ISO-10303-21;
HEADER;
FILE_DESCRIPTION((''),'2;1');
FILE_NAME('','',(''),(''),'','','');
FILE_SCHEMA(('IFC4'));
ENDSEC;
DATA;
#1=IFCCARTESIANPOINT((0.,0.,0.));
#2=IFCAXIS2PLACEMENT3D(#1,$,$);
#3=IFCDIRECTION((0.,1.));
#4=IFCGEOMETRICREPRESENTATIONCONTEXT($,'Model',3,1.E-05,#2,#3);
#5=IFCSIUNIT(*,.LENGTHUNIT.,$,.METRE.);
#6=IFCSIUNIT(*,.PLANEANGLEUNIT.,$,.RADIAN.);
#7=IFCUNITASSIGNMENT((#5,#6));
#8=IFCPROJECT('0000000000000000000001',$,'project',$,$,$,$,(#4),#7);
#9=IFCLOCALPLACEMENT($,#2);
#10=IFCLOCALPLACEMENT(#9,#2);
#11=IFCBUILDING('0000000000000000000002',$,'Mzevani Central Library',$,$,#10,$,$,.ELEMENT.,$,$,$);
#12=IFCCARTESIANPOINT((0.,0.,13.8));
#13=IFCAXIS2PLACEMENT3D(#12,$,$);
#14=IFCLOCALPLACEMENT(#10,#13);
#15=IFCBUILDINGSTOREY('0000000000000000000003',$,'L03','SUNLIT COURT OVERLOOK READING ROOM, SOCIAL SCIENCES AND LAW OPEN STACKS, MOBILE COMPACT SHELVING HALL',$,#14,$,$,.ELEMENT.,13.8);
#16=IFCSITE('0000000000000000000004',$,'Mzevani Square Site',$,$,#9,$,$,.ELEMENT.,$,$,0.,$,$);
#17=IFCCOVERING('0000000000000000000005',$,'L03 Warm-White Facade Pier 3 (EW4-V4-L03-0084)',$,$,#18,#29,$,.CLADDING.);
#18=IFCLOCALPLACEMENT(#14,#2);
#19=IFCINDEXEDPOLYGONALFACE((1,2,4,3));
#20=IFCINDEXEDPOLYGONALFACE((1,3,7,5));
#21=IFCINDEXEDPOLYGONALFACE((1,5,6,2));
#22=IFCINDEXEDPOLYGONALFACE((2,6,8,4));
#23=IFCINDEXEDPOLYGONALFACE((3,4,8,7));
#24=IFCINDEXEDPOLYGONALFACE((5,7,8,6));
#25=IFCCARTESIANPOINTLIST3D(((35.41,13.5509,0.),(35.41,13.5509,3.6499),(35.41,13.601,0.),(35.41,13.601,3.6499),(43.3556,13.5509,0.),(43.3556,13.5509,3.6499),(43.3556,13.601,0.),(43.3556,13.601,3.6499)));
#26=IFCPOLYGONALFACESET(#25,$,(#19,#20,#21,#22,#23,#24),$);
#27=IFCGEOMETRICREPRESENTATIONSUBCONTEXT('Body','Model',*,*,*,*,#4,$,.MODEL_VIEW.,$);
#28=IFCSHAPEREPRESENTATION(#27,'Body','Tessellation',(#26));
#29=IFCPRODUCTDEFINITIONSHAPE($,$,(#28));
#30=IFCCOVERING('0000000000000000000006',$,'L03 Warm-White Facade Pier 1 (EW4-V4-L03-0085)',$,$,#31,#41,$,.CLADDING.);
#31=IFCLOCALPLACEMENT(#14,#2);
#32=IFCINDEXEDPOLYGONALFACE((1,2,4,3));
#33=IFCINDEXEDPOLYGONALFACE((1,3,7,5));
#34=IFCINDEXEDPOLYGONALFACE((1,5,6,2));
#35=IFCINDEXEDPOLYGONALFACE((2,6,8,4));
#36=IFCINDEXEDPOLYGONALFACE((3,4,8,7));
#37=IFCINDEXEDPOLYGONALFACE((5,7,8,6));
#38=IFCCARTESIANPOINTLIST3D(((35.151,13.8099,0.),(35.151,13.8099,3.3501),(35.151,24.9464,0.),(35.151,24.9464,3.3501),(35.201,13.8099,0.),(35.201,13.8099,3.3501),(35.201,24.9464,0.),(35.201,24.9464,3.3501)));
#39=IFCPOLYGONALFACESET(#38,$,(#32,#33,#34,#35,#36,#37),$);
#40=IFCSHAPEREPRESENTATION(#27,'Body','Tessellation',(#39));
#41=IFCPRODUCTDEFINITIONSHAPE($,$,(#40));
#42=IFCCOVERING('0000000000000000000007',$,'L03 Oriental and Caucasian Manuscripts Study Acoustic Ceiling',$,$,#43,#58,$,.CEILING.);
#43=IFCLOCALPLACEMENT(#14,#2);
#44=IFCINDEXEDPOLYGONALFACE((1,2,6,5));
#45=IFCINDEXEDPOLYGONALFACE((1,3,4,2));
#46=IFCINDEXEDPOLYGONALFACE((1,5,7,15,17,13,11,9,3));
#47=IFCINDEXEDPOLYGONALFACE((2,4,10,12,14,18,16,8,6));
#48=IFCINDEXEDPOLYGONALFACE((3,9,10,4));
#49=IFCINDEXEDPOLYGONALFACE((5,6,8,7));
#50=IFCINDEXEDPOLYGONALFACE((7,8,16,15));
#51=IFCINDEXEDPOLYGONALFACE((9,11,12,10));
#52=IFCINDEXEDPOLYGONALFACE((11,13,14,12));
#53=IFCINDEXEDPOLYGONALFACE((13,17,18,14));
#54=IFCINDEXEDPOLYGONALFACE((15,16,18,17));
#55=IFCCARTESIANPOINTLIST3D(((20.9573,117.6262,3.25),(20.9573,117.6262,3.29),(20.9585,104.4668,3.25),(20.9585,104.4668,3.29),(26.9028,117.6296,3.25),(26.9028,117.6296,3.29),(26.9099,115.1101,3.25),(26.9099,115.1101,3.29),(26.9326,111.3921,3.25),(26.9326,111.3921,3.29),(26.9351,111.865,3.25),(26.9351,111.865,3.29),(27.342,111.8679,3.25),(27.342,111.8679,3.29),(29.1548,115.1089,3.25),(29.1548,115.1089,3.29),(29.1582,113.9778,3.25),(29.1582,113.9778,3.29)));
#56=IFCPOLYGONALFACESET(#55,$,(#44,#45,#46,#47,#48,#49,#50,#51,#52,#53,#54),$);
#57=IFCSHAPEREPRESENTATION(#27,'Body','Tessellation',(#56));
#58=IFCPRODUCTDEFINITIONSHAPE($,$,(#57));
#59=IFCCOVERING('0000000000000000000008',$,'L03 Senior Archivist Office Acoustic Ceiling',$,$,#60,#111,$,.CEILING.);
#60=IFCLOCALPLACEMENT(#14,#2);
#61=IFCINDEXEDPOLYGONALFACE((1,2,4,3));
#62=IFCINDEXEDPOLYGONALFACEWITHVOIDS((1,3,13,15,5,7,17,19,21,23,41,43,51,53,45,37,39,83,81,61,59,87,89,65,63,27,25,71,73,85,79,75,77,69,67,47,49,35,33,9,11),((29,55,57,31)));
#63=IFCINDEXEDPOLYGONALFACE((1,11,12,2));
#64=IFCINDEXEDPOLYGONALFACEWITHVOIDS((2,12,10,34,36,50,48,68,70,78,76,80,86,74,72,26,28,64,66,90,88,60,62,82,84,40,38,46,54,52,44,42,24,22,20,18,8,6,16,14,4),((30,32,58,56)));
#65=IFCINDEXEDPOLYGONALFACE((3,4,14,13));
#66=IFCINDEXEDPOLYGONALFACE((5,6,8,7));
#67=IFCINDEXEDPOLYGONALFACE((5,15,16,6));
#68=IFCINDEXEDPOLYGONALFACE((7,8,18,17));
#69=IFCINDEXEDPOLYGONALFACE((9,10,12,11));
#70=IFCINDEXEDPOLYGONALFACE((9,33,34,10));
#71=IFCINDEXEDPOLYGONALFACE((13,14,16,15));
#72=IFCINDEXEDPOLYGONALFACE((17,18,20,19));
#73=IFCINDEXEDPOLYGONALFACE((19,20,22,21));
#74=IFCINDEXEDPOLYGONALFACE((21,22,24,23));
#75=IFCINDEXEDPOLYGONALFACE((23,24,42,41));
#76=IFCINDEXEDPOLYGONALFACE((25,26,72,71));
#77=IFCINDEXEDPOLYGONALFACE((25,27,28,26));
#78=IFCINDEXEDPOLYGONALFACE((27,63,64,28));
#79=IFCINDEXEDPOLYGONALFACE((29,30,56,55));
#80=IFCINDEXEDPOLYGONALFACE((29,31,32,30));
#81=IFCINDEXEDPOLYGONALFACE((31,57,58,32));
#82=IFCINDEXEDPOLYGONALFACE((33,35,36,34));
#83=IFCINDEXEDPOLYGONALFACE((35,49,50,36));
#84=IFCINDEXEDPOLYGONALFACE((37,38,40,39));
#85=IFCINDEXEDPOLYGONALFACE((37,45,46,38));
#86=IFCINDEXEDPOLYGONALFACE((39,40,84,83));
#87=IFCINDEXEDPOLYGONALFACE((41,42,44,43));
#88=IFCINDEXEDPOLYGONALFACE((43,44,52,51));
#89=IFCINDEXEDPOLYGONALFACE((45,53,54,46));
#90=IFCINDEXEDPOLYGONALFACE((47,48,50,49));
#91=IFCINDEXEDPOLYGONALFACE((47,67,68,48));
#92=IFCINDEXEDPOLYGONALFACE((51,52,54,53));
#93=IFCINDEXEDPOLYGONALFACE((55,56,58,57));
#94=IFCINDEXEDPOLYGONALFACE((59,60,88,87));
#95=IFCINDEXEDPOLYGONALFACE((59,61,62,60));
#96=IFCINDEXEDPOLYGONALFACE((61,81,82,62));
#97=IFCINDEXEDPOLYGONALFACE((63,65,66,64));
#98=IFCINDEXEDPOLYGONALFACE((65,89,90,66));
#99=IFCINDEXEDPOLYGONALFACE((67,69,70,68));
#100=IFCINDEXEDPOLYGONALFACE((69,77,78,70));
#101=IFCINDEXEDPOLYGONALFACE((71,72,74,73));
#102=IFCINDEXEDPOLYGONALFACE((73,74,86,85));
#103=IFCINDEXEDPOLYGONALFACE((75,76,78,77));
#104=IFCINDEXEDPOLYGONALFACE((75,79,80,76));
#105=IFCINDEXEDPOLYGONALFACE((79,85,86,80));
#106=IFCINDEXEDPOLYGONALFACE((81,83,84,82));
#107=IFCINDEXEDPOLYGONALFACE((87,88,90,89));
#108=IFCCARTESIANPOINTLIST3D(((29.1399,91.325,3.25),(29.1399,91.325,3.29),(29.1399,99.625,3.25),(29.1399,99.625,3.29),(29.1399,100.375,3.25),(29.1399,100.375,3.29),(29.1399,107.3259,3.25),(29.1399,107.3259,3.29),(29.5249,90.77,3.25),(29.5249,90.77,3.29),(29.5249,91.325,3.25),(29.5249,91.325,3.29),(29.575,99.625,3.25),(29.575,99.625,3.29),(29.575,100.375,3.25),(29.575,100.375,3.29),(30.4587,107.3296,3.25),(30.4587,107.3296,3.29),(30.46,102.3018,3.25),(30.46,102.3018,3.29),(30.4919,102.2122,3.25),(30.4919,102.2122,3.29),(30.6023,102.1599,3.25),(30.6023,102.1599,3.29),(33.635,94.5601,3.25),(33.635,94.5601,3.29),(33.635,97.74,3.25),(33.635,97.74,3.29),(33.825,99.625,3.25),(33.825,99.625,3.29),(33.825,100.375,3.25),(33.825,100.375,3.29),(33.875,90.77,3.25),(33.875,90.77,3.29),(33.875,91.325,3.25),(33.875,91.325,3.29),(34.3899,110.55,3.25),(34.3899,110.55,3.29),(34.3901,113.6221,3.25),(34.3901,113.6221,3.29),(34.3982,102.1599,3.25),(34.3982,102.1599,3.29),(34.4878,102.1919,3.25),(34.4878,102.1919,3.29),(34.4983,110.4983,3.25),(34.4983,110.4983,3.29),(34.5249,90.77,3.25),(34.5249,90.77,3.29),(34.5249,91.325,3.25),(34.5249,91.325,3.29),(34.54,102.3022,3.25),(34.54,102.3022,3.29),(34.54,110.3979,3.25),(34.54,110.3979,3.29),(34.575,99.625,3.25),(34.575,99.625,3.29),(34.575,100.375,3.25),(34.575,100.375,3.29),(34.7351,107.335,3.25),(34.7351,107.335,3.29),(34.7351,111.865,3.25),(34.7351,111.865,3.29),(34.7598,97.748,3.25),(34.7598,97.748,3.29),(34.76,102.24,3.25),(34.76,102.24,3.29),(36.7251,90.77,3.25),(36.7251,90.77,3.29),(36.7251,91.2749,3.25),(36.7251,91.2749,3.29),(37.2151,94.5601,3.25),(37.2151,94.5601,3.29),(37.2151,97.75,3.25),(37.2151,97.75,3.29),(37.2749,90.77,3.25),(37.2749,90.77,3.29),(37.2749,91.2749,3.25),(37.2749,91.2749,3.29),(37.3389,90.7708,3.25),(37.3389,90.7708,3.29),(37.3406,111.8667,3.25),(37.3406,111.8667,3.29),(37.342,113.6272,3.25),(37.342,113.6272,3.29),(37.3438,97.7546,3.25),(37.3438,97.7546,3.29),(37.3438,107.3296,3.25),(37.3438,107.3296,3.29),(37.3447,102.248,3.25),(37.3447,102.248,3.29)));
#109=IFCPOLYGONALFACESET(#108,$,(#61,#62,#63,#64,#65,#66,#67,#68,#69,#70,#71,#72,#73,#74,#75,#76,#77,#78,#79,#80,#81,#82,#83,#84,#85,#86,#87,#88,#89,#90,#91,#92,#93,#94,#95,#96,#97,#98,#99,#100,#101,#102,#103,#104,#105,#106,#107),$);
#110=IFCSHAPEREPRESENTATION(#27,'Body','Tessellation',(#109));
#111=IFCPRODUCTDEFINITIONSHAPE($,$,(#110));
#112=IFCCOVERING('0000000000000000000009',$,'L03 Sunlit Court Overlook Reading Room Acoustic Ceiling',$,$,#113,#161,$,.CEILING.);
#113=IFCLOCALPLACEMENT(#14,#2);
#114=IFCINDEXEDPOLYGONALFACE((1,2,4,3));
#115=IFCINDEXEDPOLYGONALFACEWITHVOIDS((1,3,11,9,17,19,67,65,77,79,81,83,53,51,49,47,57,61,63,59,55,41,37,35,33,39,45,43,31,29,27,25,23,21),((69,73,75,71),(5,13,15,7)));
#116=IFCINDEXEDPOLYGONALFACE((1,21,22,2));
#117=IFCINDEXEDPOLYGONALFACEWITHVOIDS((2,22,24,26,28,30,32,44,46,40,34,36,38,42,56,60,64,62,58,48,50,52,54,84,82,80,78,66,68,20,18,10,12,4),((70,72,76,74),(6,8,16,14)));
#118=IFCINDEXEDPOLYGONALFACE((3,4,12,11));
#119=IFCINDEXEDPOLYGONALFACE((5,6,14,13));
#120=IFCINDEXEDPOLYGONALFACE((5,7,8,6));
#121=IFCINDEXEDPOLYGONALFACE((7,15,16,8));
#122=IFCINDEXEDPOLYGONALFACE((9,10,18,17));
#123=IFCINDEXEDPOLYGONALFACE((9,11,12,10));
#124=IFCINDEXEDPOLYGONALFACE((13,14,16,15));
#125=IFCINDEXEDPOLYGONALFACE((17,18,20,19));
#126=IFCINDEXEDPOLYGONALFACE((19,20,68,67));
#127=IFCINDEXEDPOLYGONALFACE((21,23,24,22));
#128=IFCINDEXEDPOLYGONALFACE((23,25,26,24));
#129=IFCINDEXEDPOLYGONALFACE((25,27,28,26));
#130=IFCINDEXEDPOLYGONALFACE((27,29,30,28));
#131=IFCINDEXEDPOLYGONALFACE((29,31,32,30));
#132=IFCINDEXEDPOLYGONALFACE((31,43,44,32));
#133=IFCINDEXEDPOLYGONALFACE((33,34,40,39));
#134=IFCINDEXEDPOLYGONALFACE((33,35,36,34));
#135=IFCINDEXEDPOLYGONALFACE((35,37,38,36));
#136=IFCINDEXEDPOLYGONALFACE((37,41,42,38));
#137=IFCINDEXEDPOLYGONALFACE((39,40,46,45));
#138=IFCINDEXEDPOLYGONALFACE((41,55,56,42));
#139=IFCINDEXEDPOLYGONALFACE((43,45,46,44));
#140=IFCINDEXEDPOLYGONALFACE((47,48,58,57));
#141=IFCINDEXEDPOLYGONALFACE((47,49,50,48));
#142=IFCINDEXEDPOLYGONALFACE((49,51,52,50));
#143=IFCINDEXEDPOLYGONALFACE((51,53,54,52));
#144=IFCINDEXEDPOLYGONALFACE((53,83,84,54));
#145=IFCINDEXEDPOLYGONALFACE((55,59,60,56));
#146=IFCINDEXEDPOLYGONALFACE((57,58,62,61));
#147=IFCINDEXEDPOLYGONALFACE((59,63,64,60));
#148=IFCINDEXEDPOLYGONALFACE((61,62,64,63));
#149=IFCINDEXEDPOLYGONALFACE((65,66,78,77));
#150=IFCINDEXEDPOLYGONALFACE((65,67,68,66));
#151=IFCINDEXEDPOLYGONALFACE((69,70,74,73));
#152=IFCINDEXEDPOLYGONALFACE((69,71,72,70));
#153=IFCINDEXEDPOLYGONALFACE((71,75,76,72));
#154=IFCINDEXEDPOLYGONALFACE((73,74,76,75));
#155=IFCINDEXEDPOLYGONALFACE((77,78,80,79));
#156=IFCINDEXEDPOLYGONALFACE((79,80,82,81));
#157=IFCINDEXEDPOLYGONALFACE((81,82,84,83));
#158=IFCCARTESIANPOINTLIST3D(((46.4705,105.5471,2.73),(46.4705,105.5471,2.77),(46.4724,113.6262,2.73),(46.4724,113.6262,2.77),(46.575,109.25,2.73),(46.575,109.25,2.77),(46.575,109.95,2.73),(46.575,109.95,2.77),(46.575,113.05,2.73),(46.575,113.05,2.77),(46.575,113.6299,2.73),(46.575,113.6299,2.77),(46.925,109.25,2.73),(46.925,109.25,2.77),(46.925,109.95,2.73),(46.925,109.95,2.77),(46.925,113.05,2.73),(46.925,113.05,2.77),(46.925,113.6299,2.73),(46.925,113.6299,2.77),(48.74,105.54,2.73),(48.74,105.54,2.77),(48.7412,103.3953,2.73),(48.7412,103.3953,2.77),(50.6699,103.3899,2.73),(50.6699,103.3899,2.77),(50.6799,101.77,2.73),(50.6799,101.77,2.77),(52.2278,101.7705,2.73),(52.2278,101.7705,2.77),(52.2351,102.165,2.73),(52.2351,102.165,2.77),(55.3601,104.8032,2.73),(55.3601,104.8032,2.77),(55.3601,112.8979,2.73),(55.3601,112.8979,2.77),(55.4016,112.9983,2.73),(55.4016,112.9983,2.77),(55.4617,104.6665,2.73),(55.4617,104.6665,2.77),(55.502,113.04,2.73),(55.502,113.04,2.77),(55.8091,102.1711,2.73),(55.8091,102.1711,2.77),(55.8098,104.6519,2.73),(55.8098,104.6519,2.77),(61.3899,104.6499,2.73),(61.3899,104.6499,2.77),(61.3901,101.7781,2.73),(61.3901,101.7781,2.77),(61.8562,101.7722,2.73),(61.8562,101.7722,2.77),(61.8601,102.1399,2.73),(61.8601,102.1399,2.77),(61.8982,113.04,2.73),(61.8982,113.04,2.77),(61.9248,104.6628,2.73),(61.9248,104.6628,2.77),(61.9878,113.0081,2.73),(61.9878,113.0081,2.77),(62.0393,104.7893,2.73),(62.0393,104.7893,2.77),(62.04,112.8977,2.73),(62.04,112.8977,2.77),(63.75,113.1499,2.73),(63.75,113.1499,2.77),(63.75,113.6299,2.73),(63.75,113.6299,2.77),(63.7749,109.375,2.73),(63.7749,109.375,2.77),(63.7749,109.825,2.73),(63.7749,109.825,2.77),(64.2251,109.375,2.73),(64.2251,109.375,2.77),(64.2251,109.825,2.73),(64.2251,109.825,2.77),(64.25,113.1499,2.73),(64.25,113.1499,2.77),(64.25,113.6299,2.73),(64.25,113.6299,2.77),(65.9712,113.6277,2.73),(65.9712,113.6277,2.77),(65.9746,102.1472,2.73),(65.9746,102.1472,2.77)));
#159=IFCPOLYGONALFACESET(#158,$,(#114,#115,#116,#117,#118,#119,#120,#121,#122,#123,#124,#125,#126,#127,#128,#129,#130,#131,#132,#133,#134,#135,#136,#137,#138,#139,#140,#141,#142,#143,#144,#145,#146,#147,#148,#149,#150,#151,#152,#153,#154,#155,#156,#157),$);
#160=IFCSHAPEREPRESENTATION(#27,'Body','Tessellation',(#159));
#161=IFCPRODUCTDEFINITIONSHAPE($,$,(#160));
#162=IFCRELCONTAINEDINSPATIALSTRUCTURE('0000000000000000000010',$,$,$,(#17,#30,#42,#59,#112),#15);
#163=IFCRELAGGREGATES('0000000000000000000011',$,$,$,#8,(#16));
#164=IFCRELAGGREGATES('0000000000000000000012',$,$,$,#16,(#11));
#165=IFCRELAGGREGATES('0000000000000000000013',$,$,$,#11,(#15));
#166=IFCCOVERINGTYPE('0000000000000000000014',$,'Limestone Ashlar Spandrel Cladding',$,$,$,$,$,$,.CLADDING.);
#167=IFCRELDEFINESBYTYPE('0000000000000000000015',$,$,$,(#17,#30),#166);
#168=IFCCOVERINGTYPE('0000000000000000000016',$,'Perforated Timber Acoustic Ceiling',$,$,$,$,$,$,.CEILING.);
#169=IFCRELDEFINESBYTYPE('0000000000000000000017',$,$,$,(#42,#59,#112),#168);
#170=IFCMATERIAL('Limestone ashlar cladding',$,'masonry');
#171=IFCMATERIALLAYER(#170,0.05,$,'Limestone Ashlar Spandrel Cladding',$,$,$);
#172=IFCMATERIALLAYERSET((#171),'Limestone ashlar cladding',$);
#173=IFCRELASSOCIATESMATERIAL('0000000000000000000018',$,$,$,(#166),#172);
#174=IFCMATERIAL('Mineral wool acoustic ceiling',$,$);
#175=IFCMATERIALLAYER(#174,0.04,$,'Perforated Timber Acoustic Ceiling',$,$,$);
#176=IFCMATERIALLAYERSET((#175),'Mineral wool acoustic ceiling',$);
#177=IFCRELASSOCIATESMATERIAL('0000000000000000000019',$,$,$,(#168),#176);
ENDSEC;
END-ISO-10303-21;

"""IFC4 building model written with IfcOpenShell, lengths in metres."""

from ifc_helpers import new_model, si_unit, direction, frame, origin, origin_2d, place, context, subcontext, project, spatial, polyline, rectangle, outline, extrude, material, layer, layer_set, type_object, element, save


model = new_model("IFC4")

# Units and contexts
model_context = context("Model", 3, precision=1e-05, world=origin(), true_north=direction((0.0, 1.0)))
body_context = subcontext(model_context, "Body", "Model", "MODEL_VIEW")
ifc_project = project(units=[si_unit("LENGTHUNIT", "METRE"), si_unit("PLANEANGLEUNIT", "RADIAN")], contexts=[model_context])

# Site, building, storey
site_placement = place(None, origin())
site = spatial("IfcSite", under=ifc_project, at=site_placement, Name="Mzevani Square Site", CompositionType="ELEMENT", RefElevation=0.0)
building_placement = place(site_placement, origin())
building = spatial("IfcBuilding", under=site, at=building_placement, Name="Mzevani Central Library", CompositionType="ELEMENT")
storey_placement = place(building_placement, frame((0.0, 0.0, 13.8)))
storey = spatial("IfcBuildingStorey", under=building, at=storey_placement, Name="L03", Description="SUNLIT COURT OVERLOOK READING ROOM, SOCIAL SCIENCES AND LAW OPEN STACKS, MOBILE COMPACT SHELVING HALL", CompositionType="ELEMENT", Elevation=13.8)

# Coverings
ifc_material_1 = material(Name="Limestone ashlar cladding", Category="masonry")
ifc_layer_1 = layer(ifc_material_1, 0.05, Name="Limestone Ashlar Spandrel Cladding")
ifc_layer_set_1 = layer_set([ifc_layer_1], Name="Limestone ashlar cladding")
covering_type_1 = type_object("IfcCoveringType", Name="Limestone Ashlar Spandrel Cladding", PredefinedType="CLADDING", material=ifc_layer_set_1)
covering_1_placement = place(storey_placement, frame((39.3828, 13.5759, 0.0), z_axis=(0.0, 0.0, 1.0), x_axis=(-1.0, 0.0, 0.0)))
element("IfcCovering", 1, at=covering_1_placement, inside=storey, type_object=covering_type_1, Name="L03 Warm-White Facade Pier 3 (EW4-V4-L03-0084)", PredefinedType="CLADDING", context=body_context, shape_type="SweptSolid", body=[
    extrude(rectangle(XDim=7.9456, YDim=0.05, at=origin_2d()), origin(), (0.0, 0.0, 1.0), 3.6499),
])
covering_2_placement = place(storey_placement, frame((35.176, 19.3782, 0.0), z_axis=(0.0, 0.0, 1.0), x_axis=(0.0, 1.0, 0.0)))
element("IfcCovering", 2, at=covering_2_placement, inside=storey, type_object=covering_type_1, Name="L03 Warm-White Facade Pier 1 (EW4-V4-L03-0085)", PredefinedType="CLADDING", context=body_context, shape_type="SweptSolid", body=[
    extrude(rectangle(XDim=11.1365, YDim=0.05, at=origin_2d()), origin(), (0.0, 0.0, 1.0), 3.3501),
])
ifc_material_2 = material(Name="Mineral wool acoustic ceiling")
ifc_layer_2 = layer(ifc_material_2, 0.04, Name="Perforated Timber Acoustic Ceiling")
ifc_layer_set_2 = layer_set([ifc_layer_2], Name="Mineral wool acoustic ceiling")
covering_type_2 = type_object("IfcCoveringType", Name="Perforated Timber Acoustic Ceiling", PredefinedType="CEILING", material=ifc_layer_set_2)
covering_3_placement = place(storey_placement, frame((0.0, 0.0, 3.25)))
element("IfcCovering", 3, at=covering_3_placement, inside=storey, type_object=covering_type_2, Name="L03 Oriental and Caucasian Manuscripts Study Acoustic Ceiling", PredefinedType="CEILING", context=body_context, shape_type="SweptSolid", body=[
    extrude(outline(polyline([(29.1548, 115.1089), (29.1582, 113.9778), (27.342, 111.8679), (26.9351, 111.865), (26.9326, 111.3921), (20.9585, 104.4668), (20.9573, 117.6262), (26.9028, 117.6296), (26.9099, 115.1101), (29.1548, 115.1089)])), origin(), (0.0, 0.0, 1.0), 0.04),
])
covering_4_placement = place(storey_placement, frame((0.0, 0.0, 3.25)))
element("IfcCovering", 4, at=covering_4_placement, inside=storey, type_object=covering_type_2, Name="L03 Senior Archivist Office Acoustic Ceiling", PredefinedType="CEILING", context=body_context, shape_type="SweptSolid", body=[
    extrude(outline(polyline([(30.4587, 107.3296), (30.46, 102.3018), (30.4919, 102.2122), (30.6023, 102.1599), (34.3982, 102.1599), (34.4878, 102.1919), (34.54, 102.3022), (34.54, 110.3979), (34.4983, 110.4983), (34.3899, 110.55), (34.3901, 113.6221), (37.342, 113.6272), (37.3406, 111.8667), (34.7351, 111.865), (34.7351, 107.335), (37.3438, 107.3296), (37.3447, 102.248), (34.76, 102.24), (34.7598, 97.748), (33.635, 97.74), (33.635, 94.5601), (37.2151, 94.5601), (37.2151, 97.75), (37.3438, 97.7546), (37.3389, 90.7708), (37.2749, 90.77), (37.2749, 91.2749), (36.7251, 91.2749), (36.7251, 90.77), (34.5249, 90.77), (34.5249, 91.325), (33.875, 91.325), (33.875, 90.77), (29.5249, 90.77), (29.5249, 91.325), (29.1399, 91.325), (29.1399, 99.625), (29.575, 99.625), (29.575, 100.375), (29.1399, 100.375), (29.1399, 107.3259), (30.4587, 107.3296)]), holes=[polyline([(33.825, 100.375), (33.825, 99.625), (34.575, 99.625), (34.575, 100.375), (33.825, 100.375)])]), origin(), (0.0, 0.0, 1.0), 0.04),
])
covering_5_placement = place(storey_placement, frame((0.0, 0.0, 2.73)))
element("IfcCovering", 5, at=covering_5_placement, inside=storey, type_object=covering_type_2, Name="L03 Sunlit Court Overlook Reading Room Acoustic Ceiling", PredefinedType="CEILING", context=body_context, shape_type="SweptSolid", body=[
    extrude(outline(polyline([(61.8562, 101.7722), (61.3901, 101.7781), (61.3899, 104.6499), (61.9248, 104.6628), (62.0393, 104.7893), (62.04, 112.8977), (61.9878, 113.0081), (61.8982, 113.04), (55.502, 113.04), (55.4016, 112.9983), (55.3601, 112.8979), (55.3601, 104.8032), (55.4617, 104.6665), (55.8098, 104.6519), (55.8091, 102.1711), (52.2351, 102.165), (52.2278, 101.7705), (50.6799, 101.77), (50.6699, 103.3899), (48.7412, 103.3953), (48.74, 105.54), (46.4705, 105.5471), (46.4724, 113.6262), (46.575, 113.6299), (46.575, 113.05), (46.925, 113.05), (46.925, 113.6299), (63.75, 113.6299), (63.75, 113.1499), (64.25, 113.1499), (64.25, 113.6299), (65.9712, 113.6277), (65.9746, 102.1472), (61.8601, 102.1399), (61.8562, 101.7722)]), holes=[polyline([(46.925, 109.25), (46.925, 109.95), (46.575, 109.95), (46.575, 109.25), (46.925, 109.25)]), polyline([(63.7749, 109.825), (63.7749, 109.375), (64.2251, 109.375), (64.2251, 109.825), (63.7749, 109.825)])]), origin(), (0.0, 0.0, 1.0), 0.04),
])

save(model, "model.ifc")
